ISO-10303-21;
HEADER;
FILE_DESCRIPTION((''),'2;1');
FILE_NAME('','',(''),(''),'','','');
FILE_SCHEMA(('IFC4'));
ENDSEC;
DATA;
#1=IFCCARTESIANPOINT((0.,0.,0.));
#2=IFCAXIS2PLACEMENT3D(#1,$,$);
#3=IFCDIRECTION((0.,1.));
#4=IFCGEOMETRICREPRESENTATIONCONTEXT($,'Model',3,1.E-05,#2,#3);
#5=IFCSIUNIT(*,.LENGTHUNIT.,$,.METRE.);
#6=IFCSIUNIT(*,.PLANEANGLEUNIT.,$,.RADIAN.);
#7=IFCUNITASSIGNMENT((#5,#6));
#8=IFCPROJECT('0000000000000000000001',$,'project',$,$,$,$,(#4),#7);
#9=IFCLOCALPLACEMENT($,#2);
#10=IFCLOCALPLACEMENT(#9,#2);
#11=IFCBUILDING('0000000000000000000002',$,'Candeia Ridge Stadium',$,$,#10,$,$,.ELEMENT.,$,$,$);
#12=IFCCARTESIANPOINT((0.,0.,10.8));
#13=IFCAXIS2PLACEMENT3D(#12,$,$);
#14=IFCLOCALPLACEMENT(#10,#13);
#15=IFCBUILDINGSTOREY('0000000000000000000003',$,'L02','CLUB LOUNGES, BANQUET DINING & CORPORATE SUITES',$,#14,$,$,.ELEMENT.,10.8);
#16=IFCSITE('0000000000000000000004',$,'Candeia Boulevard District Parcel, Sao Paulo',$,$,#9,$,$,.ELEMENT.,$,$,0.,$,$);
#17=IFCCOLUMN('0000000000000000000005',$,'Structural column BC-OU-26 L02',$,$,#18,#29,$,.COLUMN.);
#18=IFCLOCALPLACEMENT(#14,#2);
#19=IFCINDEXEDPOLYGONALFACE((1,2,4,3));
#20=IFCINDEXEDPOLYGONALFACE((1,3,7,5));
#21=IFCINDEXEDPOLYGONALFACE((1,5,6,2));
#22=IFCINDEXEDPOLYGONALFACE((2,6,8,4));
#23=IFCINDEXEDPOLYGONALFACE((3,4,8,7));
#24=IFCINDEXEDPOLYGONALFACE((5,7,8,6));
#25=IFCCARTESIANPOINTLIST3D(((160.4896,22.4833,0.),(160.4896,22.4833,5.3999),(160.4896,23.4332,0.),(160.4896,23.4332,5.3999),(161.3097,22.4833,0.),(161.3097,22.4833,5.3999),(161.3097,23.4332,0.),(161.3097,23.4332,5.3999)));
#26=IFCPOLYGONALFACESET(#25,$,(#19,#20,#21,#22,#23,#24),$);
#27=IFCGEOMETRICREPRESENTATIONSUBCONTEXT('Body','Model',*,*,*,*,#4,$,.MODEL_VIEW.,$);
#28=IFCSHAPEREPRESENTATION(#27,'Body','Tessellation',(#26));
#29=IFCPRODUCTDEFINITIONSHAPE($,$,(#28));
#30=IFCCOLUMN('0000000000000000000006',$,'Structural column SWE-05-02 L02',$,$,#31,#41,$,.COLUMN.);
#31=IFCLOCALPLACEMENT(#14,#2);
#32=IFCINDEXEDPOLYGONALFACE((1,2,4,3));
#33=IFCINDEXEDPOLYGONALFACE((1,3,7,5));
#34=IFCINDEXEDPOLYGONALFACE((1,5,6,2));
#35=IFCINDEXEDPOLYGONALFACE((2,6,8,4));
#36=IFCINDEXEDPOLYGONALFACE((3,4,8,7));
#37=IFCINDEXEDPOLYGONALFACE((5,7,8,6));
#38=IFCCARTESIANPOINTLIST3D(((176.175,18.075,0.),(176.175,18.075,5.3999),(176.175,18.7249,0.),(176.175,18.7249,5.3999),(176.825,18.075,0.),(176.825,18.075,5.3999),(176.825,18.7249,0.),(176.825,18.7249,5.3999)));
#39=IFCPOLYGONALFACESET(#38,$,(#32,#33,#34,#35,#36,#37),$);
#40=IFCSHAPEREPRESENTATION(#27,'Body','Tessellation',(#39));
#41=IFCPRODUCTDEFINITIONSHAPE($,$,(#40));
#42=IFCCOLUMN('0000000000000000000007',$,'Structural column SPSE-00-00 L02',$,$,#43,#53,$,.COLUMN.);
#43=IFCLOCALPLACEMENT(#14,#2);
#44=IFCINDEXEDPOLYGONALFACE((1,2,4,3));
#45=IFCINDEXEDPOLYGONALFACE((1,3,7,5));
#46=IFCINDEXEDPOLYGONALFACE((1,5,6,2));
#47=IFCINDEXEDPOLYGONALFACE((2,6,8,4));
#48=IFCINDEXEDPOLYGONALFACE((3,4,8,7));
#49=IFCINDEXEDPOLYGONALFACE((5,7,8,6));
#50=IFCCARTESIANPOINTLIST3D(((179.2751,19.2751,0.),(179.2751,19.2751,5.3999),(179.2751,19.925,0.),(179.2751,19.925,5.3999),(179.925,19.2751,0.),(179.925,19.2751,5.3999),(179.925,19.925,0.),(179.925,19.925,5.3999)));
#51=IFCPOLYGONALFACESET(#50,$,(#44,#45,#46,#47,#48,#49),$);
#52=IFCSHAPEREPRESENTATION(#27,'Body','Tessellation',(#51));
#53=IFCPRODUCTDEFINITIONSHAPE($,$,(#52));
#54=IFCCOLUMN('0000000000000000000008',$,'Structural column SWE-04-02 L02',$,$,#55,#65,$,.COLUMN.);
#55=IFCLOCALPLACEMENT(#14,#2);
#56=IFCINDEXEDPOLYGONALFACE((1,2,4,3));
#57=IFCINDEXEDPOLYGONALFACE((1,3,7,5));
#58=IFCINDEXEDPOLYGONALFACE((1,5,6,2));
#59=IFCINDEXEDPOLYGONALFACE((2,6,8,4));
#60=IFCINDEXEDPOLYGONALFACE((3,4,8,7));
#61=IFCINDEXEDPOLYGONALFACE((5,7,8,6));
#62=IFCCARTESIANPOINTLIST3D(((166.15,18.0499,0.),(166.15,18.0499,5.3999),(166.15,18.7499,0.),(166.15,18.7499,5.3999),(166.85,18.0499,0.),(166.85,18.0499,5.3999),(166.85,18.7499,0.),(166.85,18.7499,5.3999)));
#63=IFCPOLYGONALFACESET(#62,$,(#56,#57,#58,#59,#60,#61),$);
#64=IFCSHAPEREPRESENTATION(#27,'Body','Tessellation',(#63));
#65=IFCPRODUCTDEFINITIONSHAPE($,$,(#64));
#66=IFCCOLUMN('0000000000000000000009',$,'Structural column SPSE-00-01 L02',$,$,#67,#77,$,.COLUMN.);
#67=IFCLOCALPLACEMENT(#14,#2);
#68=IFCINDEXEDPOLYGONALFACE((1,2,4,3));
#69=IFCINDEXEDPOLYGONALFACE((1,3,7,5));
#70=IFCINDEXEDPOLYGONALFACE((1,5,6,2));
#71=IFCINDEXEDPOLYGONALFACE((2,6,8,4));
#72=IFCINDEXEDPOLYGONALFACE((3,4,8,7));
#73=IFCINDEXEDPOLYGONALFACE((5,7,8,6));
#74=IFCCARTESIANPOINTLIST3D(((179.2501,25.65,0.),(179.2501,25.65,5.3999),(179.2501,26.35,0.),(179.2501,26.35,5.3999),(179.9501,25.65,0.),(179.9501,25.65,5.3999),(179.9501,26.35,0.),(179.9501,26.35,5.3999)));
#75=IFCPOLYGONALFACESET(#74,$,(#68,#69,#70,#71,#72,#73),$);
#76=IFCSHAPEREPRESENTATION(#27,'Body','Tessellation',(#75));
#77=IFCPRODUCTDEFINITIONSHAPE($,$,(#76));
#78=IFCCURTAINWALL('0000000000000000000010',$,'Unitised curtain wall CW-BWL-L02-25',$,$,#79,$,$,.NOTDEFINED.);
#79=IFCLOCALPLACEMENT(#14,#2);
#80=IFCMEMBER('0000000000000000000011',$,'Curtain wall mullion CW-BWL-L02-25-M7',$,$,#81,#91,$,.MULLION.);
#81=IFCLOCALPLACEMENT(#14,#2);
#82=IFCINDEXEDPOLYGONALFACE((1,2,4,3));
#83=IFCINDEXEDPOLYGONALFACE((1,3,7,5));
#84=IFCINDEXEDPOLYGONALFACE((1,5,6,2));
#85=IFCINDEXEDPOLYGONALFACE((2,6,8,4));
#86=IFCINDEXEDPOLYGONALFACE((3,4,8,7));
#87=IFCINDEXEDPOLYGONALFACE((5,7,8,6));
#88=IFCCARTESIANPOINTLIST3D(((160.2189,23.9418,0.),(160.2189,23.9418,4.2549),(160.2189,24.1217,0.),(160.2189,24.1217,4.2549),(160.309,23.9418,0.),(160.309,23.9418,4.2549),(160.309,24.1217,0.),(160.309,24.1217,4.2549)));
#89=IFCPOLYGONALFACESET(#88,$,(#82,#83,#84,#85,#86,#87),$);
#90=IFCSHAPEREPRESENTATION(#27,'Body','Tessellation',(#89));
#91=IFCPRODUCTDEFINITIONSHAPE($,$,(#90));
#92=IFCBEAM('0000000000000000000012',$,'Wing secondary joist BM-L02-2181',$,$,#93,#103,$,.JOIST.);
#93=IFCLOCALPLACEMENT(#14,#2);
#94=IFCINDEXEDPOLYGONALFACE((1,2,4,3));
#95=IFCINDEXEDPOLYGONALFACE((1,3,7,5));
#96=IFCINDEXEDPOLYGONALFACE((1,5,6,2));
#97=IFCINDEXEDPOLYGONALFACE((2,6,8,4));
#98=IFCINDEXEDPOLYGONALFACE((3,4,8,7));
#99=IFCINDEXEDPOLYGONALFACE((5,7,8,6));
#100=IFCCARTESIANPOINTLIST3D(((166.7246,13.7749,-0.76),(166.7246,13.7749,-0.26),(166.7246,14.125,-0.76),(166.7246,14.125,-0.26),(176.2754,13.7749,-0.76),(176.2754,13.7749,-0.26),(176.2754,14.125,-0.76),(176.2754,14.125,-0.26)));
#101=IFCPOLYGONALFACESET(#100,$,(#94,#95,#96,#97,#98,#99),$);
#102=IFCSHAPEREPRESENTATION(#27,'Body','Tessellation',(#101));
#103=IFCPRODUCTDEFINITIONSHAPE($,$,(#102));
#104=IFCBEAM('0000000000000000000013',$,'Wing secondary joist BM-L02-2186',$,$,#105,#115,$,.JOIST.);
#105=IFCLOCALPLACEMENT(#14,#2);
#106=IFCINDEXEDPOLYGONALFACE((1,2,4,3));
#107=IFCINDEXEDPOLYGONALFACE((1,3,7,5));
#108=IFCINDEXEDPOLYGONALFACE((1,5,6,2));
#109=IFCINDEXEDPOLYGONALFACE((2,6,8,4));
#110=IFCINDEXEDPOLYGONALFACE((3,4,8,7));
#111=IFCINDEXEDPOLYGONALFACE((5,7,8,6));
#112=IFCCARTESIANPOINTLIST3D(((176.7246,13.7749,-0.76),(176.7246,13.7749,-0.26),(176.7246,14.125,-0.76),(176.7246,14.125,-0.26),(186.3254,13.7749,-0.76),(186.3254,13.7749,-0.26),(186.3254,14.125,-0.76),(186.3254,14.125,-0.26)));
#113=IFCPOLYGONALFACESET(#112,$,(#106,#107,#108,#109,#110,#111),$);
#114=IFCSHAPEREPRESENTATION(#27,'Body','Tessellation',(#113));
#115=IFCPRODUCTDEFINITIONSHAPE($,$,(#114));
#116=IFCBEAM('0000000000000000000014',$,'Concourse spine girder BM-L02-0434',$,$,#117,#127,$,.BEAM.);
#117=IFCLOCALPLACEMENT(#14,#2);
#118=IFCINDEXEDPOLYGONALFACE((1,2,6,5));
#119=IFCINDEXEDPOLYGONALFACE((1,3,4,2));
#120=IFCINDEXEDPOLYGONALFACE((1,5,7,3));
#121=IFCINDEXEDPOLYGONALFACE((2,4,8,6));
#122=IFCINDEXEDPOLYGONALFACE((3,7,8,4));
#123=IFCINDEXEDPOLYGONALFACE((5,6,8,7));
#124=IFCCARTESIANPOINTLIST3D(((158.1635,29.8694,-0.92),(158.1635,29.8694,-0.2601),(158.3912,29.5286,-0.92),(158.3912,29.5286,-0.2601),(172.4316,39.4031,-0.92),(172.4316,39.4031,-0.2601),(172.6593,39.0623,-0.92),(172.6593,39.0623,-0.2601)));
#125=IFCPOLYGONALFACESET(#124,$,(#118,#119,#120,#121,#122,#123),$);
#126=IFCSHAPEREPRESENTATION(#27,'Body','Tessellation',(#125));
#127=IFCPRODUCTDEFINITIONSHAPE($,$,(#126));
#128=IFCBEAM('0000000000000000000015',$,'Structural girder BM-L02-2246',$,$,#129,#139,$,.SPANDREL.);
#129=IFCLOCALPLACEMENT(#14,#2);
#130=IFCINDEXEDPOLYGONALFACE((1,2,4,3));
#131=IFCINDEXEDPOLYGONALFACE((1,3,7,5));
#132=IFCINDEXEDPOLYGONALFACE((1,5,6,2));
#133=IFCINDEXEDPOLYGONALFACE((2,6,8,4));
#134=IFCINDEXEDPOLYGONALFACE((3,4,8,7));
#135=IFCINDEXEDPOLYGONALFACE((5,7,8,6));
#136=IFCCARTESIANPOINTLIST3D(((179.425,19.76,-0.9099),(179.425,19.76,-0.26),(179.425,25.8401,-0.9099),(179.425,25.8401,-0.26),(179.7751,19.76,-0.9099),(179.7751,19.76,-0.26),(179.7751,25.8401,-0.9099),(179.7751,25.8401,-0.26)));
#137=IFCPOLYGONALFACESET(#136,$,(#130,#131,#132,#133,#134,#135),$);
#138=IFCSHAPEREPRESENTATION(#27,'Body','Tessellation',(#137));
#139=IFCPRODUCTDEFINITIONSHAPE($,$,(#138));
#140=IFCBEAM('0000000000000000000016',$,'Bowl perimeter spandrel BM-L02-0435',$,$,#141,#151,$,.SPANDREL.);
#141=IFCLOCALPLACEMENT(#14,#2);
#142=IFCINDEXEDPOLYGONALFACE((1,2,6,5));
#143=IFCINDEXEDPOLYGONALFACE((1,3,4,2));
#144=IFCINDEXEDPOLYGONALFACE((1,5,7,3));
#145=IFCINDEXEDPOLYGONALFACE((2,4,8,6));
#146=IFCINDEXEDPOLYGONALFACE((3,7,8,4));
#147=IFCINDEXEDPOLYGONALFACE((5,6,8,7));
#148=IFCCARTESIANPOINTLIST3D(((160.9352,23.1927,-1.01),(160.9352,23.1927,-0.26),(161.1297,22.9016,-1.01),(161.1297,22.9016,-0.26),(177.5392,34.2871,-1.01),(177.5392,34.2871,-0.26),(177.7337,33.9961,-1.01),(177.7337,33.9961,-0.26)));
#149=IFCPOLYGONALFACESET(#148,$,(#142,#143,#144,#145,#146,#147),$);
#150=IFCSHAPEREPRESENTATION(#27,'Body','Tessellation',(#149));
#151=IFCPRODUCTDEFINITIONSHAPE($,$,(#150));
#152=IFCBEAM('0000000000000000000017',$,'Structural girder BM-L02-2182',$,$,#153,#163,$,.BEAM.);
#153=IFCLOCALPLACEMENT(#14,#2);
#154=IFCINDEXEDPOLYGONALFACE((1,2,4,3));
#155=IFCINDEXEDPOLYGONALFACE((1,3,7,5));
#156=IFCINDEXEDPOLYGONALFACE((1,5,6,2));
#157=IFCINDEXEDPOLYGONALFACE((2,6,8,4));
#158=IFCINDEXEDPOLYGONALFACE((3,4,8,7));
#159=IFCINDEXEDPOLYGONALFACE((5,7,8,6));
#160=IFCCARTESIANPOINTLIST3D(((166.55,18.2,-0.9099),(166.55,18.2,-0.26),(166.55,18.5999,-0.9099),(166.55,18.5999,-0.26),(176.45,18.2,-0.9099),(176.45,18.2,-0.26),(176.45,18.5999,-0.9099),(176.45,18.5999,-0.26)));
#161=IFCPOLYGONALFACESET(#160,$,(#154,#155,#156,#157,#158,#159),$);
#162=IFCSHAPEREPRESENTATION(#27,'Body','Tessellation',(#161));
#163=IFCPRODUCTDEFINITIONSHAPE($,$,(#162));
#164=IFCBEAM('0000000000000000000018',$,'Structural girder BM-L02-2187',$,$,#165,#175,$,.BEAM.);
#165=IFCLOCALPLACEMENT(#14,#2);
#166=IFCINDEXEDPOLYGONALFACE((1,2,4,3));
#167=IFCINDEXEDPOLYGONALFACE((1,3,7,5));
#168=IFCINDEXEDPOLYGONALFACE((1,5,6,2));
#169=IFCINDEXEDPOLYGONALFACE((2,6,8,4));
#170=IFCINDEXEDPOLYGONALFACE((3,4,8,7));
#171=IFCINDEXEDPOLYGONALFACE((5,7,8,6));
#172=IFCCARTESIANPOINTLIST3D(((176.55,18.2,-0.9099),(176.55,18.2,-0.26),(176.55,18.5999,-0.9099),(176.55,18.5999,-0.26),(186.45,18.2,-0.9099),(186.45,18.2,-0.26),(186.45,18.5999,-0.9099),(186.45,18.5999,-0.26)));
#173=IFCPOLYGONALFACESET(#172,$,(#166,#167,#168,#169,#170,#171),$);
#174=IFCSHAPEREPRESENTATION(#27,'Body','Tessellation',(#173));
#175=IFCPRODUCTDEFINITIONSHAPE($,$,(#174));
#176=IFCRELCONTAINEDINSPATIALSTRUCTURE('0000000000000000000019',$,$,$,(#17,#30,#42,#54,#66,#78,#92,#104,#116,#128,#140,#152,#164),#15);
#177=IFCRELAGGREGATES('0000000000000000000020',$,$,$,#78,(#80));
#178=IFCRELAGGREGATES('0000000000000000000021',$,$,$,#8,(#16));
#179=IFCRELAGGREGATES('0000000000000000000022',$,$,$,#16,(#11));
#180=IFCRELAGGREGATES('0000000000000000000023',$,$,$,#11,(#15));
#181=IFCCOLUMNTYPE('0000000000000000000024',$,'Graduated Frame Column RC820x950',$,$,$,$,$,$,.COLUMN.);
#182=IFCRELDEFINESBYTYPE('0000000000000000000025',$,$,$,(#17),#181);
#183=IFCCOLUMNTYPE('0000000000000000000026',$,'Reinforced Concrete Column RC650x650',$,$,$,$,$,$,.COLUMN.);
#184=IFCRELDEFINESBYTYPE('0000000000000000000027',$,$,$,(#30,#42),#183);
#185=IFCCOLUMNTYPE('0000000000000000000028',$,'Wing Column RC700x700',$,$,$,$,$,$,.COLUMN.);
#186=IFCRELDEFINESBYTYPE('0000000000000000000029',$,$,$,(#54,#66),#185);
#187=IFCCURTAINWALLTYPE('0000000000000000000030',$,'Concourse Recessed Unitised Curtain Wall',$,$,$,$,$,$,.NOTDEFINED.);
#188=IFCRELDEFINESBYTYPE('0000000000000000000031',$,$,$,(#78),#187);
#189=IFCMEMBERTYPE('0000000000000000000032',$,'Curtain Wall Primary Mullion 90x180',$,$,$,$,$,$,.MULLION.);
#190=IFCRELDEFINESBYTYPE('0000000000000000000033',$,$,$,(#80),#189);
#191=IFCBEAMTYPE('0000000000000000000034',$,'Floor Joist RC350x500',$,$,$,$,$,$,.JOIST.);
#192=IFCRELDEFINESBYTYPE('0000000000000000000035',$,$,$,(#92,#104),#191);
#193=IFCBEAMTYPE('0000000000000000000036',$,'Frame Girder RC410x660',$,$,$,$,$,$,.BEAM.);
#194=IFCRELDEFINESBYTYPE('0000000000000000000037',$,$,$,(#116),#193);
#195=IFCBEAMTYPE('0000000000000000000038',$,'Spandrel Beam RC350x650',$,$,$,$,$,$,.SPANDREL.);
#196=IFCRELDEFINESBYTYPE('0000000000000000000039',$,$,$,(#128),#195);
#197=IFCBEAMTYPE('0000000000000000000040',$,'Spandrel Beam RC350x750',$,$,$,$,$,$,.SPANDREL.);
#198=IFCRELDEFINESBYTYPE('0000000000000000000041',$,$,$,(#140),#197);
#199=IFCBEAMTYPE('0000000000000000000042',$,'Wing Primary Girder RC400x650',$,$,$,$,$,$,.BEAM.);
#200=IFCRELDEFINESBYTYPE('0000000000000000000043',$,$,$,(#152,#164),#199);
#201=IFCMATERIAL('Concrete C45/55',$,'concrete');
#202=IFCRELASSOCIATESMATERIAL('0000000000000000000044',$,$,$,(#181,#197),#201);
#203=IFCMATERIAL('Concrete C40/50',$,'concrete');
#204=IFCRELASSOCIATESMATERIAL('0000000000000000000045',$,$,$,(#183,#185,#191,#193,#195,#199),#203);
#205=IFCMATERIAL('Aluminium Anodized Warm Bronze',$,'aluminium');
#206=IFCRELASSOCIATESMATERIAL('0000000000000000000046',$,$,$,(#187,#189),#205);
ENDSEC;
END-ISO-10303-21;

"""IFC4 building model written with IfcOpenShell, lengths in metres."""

from ifc_helpers import new_model, si_unit, direction, frame, origin, origin_2d, place, context, subcontext, project, spatial, rectangle, extrude, material, material_profile, profile_set, type_object, element, aggregate, save


model = new_model("IFC4")

# Units and contexts
model_context = context("Model", 3, precision=1e-05, world=origin(), true_north=direction((0.0, 1.0)))
body_context = subcontext(model_context, "Body", "Model", "MODEL_VIEW")
ifc_project = project(units=[si_unit("LENGTHUNIT", "METRE"), si_unit("PLANEANGLEUNIT", "RADIAN")], contexts=[model_context])

# Site, building, storey
site_placement = place(None, origin())
site = spatial("IfcSite", under=ifc_project, at=site_placement, Name="Candeia Boulevard District Parcel, Sao Paulo", CompositionType="ELEMENT", RefElevation=0.0)
building_placement = place(site_placement, origin())
building = spatial("IfcBuilding", under=site, at=building_placement, Name="Candeia Ridge Stadium", CompositionType="ELEMENT")
storey_placement = place(building_placement, frame((0.0, 0.0, 10.8)))
storey = spatial("IfcBuildingStorey", under=building, at=storey_placement, Name="L02", Description="CLUB LOUNGES, BANQUET DINING & CORPORATE SUITES", CompositionType="ELEMENT", Elevation=10.8)

# Columns
ifc_material_1 = material(Name="Concrete C45/55", Category="concrete")
ifc_material_profile_1 = material_profile(ifc_material_1, rectangle(XDim=0.8201, YDim=0.95, at=origin_2d()), Name="RC820x950", Category="concrete")
ifc_profile_set_1 = profile_set([ifc_material_profile_1], Name="Concrete C45/55")
column_type_1 = type_object("IfcColumnType", Name="Graduated Frame Column RC820x950", PredefinedType="COLUMN", material=ifc_profile_set_1)
column_placement = place(storey_placement, frame((160.8997, 22.9583, 0.0), z_axis=(0.0, 0.0, 1.0), x_axis=(1.0, 0.0, 0.0)))
element("IfcColumn", 1, at=column_placement, inside=storey, type_object=column_type_1, Name="Structural column BC-OU-26 L02", PredefinedType="COLUMN", context=body_context, shape_type="SweptSolid", body=[
    extrude(rectangle(XDim=0.8201, YDim=0.95, at=origin_2d()), origin(), (0.0, 0.0, 1.0), 5.3999),
])
ifc_material_2 = material(Name="Concrete C40/50", Category="concrete")
ifc_material_profile_2 = material_profile(ifc_material_2, rectangle(XDim=0.6499, YDim=0.6499, at=origin_2d()), Name="RC650x650", Category="concrete")
ifc_profile_set_2 = profile_set([ifc_material_profile_2], Name="Concrete C40/50")
column_type_2 = type_object("IfcColumnType", Name="Reinforced Concrete Column RC650x650", PredefinedType="COLUMN", material=ifc_profile_set_2)
for number, where, z_axis, x_axis, name in (
    (2, (176.5, 18.3999, 0.0), (0.0, 0.0, 1.0), (1.0, 0.0, 0.0), "Structural column SWE-05-02 L02"),
    (3, (179.6001, 19.6001, 0.0), (0.0, 0.0, 1.0), (1.0, 0.0, 0.0), "Structural column SPSE-00-00 L02"),
):
    element("IfcColumn", number, at=place(storey_placement, frame(where, z_axis=z_axis, x_axis=x_axis)), inside=storey, type_object=column_type_2, Name=name, PredefinedType="COLUMN", context=body_context, shape_type="SweptSolid", body=[
        extrude(rectangle(XDim=0.6499, YDim=0.6499, at=origin_2d()), origin(), (0.0, 0.0, 1.0), 5.3999),
    ])
ifc_material_profile_3 = material_profile(ifc_material_2, rectangle(XDim=0.7, YDim=0.7, at=origin_2d()), Name="RC700x700", Category="concrete")
ifc_profile_set_3 = profile_set([ifc_material_profile_3], Name="Concrete C40/50")
column_type_3 = type_object("IfcColumnType", Name="Wing Column RC700x700", PredefinedType="COLUMN", material=ifc_profile_set_3)
for number, where, z_axis, x_axis, name in (
    (4, (166.5, 18.3999, 0.0), (0.0, 0.0, 1.0), (1.0, 0.0, 0.0), "Structural column SWE-04-02 L02"),
    (5, (179.6001, 26.0, 0.0), (0.0, 0.0, 1.0), (1.0, 0.0, 0.0), "Structural column SPSE-00-01 L02"),
):
    element("IfcColumn", number, at=place(storey_placement, frame(where, z_axis=z_axis, x_axis=x_axis)), inside=storey, type_object=column_type_3, Name=name, PredefinedType="COLUMN", context=body_context, shape_type="SweptSolid", body=[
        extrude(rectangle(XDim=0.7, YDim=0.7, at=origin_2d()), origin(), (0.0, 0.0, 1.0), 5.3999),
    ])

# Curtain wall, member
ifc_material_3 = material(Name="Aluminium Anodized Warm Bronze", Category="aluminium")
curtain_wall_type = type_object("IfcCurtainWallType", Name="Concourse Recessed Unitised Curtain Wall", PredefinedType="NOTDEFINED", material=ifc_material_3)
curtain_wall_placement = place(storey_placement, origin())
curtain_wall = element("IfcCurtainWall", 6, at=curtain_wall_placement, inside=storey, type_object=curtain_wall_type, Name="Unitised curtain wall CW-BWL-L02-25", PredefinedType="NOTDEFINED")
ifc_material_profile_4 = material_profile(ifc_material_3, rectangle(XDim=0.0901, YDim=0.1799, at=origin_2d()), Name="CWM-90x180", Category="aluminium")
ifc_profile_set_4 = profile_set([ifc_material_profile_4], Name="Aluminium Anodized Warm Bronze")
member_type = type_object("IfcMemberType", Name="Curtain Wall Primary Mullion 90x180", PredefinedType="MULLION", material=ifc_profile_set_4)
member_placement = place(storey_placement, frame((160.2639, 24.0317, 0.0), z_axis=(0.0, 0.0, 1.0), x_axis=(1.0, 0.0, 0.0)))
member = element("IfcMember", 7, at=member_placement, type_object=member_type, Name="Curtain wall mullion CW-BWL-L02-25-M7", PredefinedType="MULLION", context=body_context, shape_type="SweptSolid", body=[
    extrude(rectangle(XDim=0.0901, YDim=0.1799, at=origin_2d()), origin(), (0.0, 0.0, 1.0), 4.2549),
])

# Beams
ifc_material_profile_5 = material_profile(ifc_material_2, rectangle(XDim=0.3501, YDim=0.5, at=origin_2d()), Name="RC350x500", Category="concrete")
ifc_profile_set_5 = profile_set([ifc_material_profile_5], Name="Concrete C40/50")
beam_type_1 = type_object("IfcBeamType", Name="Floor Joist RC350x500", PredefinedType="JOIST", material=ifc_profile_set_5)
beam_1_placement = place(storey_placement, frame((166.7246, 13.95, -0.51), z_axis=(1.0, 0.0, 0.0), x_axis=(0.0, 1.0, 0.0)))
element("IfcBeam", 8, at=beam_1_placement, inside=storey, type_object=beam_type_1, Name="Wing secondary joist BM-L02-2181", PredefinedType="JOIST", context=body_context, shape_type="SweptSolid", body=[
    extrude(rectangle(XDim=0.3501, YDim=0.5, at=origin_2d()), origin(), (0.0, 0.0, 1.0), 9.5508),
])
beam_2_placement = place(storey_placement, frame((176.7246, 13.95, -0.51), z_axis=(1.0, 0.0, 0.0), x_axis=(0.0, 1.0, 0.0)))
element("IfcBeam", 9, at=beam_2_placement, inside=storey, type_object=beam_type_1, Name="Wing secondary joist BM-L02-2186", PredefinedType="JOIST", context=body_context, shape_type="SweptSolid", body=[
    extrude(rectangle(XDim=0.3501, YDim=0.5, at=origin_2d()), origin(), (0.0, 0.0, 1.0), 9.6008),
])
ifc_material_profile_6 = material_profile(ifc_material_2, rectangle(XDim=0.4099, YDim=0.6599, at=origin_2d()), Name="RC410x660", Category="concrete")
ifc_profile_set_6 = profile_set([ifc_material_profile_6], Name="Concrete C40/50")
beam_type_2 = type_object("IfcBeamType", Name="Frame Girder RC410x660", PredefinedType="BEAM", material=ifc_profile_set_6)
beam_3_placement = place(storey_placement, frame((158.2773, 29.699, -0.5901), z_axis=(0.831468, 0.555573, 0.0), x_axis=(-0.555573, 0.831468, 0.0)))
element("IfcBeam", 10, at=beam_3_placement, inside=storey, type_object=beam_type_2, Name="Concourse spine girder BM-L02-0434", PredefinedType="BEAM", context=body_context, shape_type="SweptSolid", body=[
    extrude(rectangle(XDim=0.4099, YDim=0.6599, at=origin_2d()), origin(), (0.0, 0.0, 1.0), 17.1602),
])
ifc_material_profile_7 = material_profile(ifc_material_2, rectangle(XDim=0.3501, YDim=0.6499, at=origin_2d()), Name="RC350x650", Category="concrete")
ifc_profile_set_7 = profile_set([ifc_material_profile_7], Name="Concrete C40/50")
beam_type_3 = type_object("IfcBeamType", Name="Spandrel Beam RC350x650", PredefinedType="SPANDREL", material=ifc_profile_set_7)
beam_4_placement = place(storey_placement, frame((179.6001, 19.76, -0.585), z_axis=(0.0, 1.0, 0.0), x_axis=(-1.0, 0.0, 0.0)))
element("IfcBeam", 11, at=beam_4_placement, inside=storey, type_object=beam_type_3, Name="Structural girder BM-L02-2246", PredefinedType="SPANDREL", context=body_context, shape_type="SweptSolid", body=[
    extrude(rectangle(XDim=0.3501, YDim=0.6499, at=origin_2d()), origin(), (0.0, 0.0, 1.0), 6.0801),
])
ifc_material_profile_8 = material_profile(ifc_material_1, rectangle(XDim=0.3501, YDim=0.75, at=origin_2d()), Name="RC350x750", Category="concrete")
ifc_profile_set_8 = profile_set([ifc_material_profile_8], Name="Concrete C45/55")
beam_type_4 = type_object("IfcBeamType", Name="Spandrel Beam RC350x750", PredefinedType="SPANDREL", material=ifc_profile_set_8)
beam_5_placement = place(storey_placement, frame((161.0325, 23.0471, -0.635), z_axis=(0.831469, 0.555572, 0.0), x_axis=(-0.555572, 0.831469, 0.0)))
element("IfcBeam", 12, at=beam_5_placement, inside=storey, type_object=beam_type_4, Name="Bowl perimeter spandrel BM-L02-0435", PredefinedType="SPANDREL", context=body_context, shape_type="SweptSolid", body=[
    extrude(rectangle(XDim=0.3501, YDim=0.75, at=origin_2d()), origin(), (0.0, 0.0, 1.0), 19.9695),
])
ifc_material_profile_9 = material_profile(ifc_material_2, rectangle(XDim=0.3999, YDim=0.6499, at=origin_2d()), Name="RC400x650", Category="concrete")
ifc_profile_set_9 = profile_set([ifc_material_profile_9], Name="Concrete C40/50")
beam_type_5 = type_object("IfcBeamType", Name="Wing Primary Girder RC400x650", PredefinedType="BEAM", material=ifc_profile_set_9)
for number, where, z_axis, x_axis, name in (
    (13, (166.55, 18.3999, -0.585), (1.0, 0.0, 0.0), (0.0, 1.0, 0.0), "Structural girder BM-L02-2182"),
    (14, (176.55, 18.3999, -0.585), (1.0, 0.0, 0.0), (0.0, 1.0, 0.0), "Structural girder BM-L02-2187"),
):
    element("IfcBeam", number, at=place(storey_placement, frame(where, z_axis=z_axis, x_axis=x_axis)), inside=storey, type_object=beam_type_5, Name=name, PredefinedType="BEAM", context=body_context, shape_type="SweptSolid", body=[
        extrude(rectangle(XDim=0.3999, YDim=0.6499, at=origin_2d()), origin(), (0.0, 0.0, 1.0), 9.8999),
    ])

aggregate(curtain_wall, [member])

save(model, "model.ifc")
